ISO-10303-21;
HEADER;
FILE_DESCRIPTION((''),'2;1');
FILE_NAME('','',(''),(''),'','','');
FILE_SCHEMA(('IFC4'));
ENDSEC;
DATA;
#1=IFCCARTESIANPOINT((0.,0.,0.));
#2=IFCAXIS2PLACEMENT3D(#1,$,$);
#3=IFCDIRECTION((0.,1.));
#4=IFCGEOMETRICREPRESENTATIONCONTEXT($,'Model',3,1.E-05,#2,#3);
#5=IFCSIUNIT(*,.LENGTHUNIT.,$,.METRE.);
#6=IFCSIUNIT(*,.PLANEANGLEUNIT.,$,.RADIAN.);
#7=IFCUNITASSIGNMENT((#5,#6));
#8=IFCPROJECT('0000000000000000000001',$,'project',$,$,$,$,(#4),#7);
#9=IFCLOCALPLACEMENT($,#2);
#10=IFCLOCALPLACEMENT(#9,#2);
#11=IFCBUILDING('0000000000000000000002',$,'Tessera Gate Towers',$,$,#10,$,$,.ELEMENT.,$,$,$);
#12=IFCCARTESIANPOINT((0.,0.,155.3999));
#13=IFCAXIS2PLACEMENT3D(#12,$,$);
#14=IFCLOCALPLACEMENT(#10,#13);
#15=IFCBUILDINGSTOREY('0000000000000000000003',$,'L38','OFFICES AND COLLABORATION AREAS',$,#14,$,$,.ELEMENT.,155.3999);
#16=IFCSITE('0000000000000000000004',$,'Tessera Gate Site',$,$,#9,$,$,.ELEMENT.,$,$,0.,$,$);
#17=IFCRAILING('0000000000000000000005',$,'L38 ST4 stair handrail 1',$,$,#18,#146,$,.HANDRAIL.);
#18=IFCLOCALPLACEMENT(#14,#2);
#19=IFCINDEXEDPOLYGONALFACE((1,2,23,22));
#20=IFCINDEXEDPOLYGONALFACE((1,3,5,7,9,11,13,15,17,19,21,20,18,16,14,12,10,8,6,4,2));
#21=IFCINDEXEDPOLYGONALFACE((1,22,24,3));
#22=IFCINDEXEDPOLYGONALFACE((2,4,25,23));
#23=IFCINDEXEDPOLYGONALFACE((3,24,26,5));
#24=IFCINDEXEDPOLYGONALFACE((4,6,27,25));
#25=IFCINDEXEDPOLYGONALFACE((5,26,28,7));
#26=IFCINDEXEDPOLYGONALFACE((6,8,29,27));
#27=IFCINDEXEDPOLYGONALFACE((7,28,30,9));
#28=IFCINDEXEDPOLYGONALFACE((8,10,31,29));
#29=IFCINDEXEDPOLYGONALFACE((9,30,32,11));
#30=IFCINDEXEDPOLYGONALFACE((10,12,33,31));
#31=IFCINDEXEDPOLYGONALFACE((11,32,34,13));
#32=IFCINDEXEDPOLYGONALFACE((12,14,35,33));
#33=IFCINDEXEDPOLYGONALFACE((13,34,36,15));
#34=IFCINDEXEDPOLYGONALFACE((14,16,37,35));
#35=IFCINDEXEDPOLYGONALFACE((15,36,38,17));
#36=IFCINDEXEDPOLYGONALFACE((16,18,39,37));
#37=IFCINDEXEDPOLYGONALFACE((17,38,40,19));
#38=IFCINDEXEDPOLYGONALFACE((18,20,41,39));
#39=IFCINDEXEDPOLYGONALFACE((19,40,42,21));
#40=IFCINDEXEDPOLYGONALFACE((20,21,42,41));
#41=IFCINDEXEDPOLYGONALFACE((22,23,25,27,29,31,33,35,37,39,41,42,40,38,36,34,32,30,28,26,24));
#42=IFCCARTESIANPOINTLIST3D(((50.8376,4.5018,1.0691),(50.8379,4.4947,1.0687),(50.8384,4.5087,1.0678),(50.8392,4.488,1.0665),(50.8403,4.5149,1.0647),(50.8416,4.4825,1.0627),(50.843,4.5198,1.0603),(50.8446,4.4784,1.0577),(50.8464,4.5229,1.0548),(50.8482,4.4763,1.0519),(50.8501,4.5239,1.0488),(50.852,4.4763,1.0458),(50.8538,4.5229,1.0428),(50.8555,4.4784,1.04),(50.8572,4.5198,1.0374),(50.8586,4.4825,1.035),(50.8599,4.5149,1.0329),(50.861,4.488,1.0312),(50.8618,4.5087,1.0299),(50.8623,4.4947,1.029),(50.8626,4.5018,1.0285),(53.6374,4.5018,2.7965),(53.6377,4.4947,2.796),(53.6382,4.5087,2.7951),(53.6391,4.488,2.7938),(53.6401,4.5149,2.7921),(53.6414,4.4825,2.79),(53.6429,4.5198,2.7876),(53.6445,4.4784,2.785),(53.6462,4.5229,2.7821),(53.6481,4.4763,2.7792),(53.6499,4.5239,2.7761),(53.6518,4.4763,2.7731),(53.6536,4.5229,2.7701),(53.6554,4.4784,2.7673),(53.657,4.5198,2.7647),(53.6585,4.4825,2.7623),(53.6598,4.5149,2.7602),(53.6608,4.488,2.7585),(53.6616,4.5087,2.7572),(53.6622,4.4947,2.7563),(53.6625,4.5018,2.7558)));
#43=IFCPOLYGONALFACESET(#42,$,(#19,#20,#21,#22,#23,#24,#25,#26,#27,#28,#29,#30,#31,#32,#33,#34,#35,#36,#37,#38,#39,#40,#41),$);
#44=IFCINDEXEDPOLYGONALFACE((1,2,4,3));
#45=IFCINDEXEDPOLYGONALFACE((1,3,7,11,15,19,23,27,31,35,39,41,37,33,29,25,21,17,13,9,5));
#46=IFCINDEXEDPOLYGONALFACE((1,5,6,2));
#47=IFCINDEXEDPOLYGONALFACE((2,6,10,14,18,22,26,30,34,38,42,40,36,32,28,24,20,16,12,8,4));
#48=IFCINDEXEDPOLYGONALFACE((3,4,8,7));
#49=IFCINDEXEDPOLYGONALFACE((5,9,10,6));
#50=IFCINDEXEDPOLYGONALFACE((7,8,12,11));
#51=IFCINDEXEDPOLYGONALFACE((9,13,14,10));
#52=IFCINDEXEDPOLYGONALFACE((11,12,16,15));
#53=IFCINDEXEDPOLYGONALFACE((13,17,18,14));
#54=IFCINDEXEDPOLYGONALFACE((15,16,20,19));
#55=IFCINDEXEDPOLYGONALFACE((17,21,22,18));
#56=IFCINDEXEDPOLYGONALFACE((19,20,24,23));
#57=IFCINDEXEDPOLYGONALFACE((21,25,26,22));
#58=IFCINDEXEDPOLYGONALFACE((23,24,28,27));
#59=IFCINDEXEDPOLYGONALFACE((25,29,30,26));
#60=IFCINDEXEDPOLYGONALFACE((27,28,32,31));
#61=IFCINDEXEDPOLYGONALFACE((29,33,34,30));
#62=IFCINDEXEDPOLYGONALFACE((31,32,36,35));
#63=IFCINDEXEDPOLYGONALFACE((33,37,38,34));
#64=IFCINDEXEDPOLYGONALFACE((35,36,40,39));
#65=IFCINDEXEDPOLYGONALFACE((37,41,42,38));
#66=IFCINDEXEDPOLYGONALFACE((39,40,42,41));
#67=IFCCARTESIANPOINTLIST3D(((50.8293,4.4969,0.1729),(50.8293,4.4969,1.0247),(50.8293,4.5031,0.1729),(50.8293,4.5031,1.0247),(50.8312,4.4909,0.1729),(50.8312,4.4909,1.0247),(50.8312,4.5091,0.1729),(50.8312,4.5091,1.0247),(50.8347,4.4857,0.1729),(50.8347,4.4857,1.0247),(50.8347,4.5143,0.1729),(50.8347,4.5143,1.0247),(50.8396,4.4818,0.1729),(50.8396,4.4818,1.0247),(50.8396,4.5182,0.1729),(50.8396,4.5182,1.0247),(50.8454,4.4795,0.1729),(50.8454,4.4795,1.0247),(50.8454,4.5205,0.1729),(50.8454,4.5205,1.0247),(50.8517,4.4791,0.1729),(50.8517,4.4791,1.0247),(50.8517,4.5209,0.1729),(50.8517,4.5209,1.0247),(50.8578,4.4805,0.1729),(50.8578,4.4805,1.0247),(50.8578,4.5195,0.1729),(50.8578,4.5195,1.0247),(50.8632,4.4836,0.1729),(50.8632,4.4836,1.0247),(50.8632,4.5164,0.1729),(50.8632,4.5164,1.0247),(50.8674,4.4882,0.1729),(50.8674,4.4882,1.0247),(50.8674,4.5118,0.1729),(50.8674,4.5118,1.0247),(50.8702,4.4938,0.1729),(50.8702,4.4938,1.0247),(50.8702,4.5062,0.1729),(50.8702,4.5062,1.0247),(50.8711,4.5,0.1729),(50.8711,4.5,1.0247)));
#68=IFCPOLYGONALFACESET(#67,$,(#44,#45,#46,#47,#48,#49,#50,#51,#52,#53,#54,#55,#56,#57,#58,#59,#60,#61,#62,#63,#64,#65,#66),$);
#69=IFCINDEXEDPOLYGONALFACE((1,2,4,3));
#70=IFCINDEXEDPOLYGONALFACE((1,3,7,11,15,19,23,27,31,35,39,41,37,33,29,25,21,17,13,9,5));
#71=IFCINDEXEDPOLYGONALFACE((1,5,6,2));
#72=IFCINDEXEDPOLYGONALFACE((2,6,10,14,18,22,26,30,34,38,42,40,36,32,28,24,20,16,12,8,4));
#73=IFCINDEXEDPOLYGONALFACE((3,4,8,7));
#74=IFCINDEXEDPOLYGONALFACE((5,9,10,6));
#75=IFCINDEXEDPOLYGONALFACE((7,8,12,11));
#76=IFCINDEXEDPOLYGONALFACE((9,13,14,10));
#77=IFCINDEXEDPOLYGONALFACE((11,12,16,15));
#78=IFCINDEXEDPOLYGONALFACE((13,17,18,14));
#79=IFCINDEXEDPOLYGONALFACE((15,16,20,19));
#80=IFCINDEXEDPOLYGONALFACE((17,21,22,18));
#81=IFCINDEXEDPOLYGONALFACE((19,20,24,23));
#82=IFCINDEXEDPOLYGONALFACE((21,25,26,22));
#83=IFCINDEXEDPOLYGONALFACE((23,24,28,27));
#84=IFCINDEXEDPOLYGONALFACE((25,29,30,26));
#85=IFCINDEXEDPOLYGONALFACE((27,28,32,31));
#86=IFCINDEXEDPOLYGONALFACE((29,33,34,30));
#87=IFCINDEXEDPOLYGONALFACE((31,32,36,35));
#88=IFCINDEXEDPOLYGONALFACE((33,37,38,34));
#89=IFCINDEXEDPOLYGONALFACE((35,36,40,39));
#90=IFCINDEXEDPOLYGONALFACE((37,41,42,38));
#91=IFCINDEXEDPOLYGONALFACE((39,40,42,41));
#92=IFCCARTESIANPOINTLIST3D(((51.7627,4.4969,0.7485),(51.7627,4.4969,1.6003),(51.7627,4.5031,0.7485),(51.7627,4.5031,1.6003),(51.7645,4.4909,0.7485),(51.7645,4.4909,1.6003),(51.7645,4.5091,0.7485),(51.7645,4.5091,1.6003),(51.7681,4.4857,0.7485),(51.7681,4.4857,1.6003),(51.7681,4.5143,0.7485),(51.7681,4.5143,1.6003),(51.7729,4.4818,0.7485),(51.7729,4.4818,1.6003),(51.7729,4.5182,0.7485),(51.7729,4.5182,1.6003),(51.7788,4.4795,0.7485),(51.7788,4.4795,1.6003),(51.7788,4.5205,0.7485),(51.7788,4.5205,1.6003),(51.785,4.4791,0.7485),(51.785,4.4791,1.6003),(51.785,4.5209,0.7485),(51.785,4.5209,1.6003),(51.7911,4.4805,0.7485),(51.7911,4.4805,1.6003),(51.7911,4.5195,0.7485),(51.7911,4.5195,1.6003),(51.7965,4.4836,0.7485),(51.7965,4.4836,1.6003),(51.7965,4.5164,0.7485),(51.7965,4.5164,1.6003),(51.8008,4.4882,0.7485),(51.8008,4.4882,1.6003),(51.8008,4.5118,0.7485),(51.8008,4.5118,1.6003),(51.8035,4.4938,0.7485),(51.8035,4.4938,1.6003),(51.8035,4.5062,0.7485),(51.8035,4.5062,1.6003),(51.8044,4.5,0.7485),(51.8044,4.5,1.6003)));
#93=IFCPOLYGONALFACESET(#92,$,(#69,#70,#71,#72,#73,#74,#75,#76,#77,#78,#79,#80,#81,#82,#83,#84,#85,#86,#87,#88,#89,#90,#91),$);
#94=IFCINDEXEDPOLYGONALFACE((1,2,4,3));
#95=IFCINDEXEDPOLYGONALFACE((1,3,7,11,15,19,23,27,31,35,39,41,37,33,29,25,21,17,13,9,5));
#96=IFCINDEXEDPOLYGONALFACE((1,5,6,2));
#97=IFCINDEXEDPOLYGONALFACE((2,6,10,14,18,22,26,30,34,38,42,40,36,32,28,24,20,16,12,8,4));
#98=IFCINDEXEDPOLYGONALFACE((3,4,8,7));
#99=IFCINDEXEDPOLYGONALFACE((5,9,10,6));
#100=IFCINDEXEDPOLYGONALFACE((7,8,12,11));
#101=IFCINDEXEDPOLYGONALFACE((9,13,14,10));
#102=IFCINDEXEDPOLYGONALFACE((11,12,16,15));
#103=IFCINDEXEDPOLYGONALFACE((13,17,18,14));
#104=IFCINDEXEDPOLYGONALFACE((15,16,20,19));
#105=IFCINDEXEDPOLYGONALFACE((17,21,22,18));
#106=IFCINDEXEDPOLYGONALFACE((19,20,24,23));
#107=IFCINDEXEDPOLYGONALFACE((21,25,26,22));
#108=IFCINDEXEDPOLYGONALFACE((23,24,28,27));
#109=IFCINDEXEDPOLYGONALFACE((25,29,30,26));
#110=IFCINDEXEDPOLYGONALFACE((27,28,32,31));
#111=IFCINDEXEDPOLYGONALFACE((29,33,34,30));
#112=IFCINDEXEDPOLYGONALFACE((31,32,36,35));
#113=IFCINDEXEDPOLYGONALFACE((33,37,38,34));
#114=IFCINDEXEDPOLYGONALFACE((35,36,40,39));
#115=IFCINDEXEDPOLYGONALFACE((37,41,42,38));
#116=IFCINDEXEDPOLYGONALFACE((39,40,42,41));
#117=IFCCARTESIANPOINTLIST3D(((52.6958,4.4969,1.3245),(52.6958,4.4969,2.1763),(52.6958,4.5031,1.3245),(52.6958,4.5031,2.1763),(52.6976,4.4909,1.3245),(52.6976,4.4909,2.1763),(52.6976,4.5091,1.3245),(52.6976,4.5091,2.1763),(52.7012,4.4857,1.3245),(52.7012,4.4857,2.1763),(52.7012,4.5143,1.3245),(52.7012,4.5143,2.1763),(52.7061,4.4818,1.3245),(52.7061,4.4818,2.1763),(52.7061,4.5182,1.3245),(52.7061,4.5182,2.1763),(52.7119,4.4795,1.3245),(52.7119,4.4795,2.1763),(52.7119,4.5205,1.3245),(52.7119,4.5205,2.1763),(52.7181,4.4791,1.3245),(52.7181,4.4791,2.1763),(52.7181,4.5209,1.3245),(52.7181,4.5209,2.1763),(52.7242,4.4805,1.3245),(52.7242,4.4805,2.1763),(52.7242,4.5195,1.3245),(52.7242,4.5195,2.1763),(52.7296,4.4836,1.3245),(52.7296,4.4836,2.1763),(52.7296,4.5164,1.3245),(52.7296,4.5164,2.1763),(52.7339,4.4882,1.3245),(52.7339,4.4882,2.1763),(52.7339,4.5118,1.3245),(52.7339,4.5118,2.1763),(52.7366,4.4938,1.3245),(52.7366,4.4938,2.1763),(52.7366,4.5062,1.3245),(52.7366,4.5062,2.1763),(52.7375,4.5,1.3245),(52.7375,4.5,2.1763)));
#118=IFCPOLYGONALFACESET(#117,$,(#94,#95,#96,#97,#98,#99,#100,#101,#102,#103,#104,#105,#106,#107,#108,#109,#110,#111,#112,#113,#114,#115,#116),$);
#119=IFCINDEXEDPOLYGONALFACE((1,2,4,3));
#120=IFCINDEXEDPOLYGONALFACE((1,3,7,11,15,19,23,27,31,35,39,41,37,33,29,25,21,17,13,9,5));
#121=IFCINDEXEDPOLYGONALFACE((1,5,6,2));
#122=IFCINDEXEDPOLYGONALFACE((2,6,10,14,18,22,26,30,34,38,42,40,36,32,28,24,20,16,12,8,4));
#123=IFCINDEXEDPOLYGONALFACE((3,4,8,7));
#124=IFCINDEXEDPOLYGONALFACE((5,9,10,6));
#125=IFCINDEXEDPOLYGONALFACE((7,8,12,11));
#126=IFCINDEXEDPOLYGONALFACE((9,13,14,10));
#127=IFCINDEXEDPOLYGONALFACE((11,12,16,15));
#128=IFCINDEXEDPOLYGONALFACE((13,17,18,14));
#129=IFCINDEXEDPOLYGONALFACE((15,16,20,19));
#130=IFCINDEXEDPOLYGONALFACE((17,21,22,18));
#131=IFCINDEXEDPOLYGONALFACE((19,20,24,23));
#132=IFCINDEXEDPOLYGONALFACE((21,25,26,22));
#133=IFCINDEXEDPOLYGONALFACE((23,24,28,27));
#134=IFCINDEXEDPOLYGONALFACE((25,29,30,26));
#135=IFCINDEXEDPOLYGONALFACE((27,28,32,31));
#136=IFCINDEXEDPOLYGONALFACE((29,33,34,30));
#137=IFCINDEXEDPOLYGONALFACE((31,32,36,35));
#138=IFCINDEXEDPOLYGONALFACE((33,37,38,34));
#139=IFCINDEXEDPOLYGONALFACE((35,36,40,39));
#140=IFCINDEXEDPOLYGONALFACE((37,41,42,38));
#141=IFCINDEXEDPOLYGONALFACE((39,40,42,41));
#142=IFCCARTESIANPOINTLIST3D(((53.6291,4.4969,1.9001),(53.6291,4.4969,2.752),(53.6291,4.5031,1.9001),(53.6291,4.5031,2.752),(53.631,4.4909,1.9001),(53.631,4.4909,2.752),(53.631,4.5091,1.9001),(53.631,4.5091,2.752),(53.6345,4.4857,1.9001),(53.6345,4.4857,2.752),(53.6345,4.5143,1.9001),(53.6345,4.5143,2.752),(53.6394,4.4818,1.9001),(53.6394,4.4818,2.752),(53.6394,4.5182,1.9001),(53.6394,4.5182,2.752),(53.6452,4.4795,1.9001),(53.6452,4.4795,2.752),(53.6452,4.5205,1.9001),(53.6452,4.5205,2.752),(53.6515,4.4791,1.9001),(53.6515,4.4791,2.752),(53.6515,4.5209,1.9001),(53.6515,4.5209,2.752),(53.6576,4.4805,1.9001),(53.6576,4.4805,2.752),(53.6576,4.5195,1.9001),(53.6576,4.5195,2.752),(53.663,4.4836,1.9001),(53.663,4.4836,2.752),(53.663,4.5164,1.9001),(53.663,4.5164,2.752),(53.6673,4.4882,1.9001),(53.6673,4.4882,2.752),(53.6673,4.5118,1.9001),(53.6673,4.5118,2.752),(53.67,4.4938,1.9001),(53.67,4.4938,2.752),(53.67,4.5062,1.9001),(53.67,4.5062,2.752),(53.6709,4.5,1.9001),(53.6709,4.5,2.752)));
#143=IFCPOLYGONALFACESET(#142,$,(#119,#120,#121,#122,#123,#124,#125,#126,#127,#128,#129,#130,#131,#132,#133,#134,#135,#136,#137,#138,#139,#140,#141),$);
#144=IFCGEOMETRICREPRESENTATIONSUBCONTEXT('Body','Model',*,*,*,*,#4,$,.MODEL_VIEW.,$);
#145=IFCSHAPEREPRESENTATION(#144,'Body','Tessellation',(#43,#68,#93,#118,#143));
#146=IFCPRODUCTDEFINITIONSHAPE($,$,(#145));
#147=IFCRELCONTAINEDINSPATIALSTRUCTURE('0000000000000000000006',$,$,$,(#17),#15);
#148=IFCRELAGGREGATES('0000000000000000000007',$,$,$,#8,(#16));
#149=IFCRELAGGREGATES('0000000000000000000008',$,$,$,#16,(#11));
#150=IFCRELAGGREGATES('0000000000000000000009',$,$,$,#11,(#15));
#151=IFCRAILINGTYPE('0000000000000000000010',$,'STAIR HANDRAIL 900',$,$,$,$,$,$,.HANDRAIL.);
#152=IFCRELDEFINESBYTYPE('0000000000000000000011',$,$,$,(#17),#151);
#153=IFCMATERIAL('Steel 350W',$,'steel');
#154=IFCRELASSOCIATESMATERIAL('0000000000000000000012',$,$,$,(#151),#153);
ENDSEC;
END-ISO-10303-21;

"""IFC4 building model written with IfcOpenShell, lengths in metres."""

from ifc_helpers import new_model, si_unit, direction, frame, origin, origin_2d, place, context, subcontext, project, spatial, circle, extrude, material, type_object, element, save


model = new_model("IFC4")

# Units and contexts
model_context = context("Model", 3, precision=1e-05, world=origin(), true_north=direction((0.0, 1.0)))
body_context = subcontext(model_context, "Body", "Model", "MODEL_VIEW")
ifc_project = project(units=[si_unit("LENGTHUNIT", "METRE"), si_unit("PLANEANGLEUNIT", "RADIAN")], contexts=[model_context])

# Site, building, storey
site_placement = place(None, origin())
site = spatial("IfcSite", under=ifc_project, at=site_placement, Name="Tessera Gate Site", CompositionType="ELEMENT", RefElevation=0.0)
building_placement = place(site_placement, origin())
building = spatial("IfcBuilding", under=site, at=building_placement, Name="Tessera Gate Towers", CompositionType="ELEMENT")
storey_placement = place(building_placement, frame((0.0, 0.0, 155.3999)))
storey = spatial("IfcBuildingStorey", under=building, at=storey_placement, Name="L38", Description="OFFICES AND COLLABORATION AREAS", CompositionType="ELEMENT", Elevation=155.3999)

# Railing
ifc_material_1 = material(Name="Steel 350W", Category="steel")
railing_type_1 = type_object("IfcRailingType", Name="STAIR HANDRAIL 900", PredefinedType="HANDRAIL", material=ifc_material_1)
railing_1_placement = place(storey_placement, frame((50.8501, 4.5, 0.1729)))
element("IfcRailing", 1, at=railing_1_placement, inside=storey, type_object=railing_type_1, Name="L38 ST4 stair handrail 1", PredefinedType="HANDRAIL", context=body_context, shape_type="SweptSolid", body=[
    extrude(circle(Radius=0.0239, at=origin_2d()), frame((0.0, 0.0, 0.876), z_axis=(0.851069, 0.0, 0.525054), x_axis=(0.0, 1.0, 0.0)), (0.0, 0.0, 1.0), 3.2898),
    extrude(circle(Radius=0.021, at=origin_2d()), origin(), (0.0, 0.0, 1.0), 0.8518),
    extrude(circle(Radius=0.021, at=origin_2d()), frame((0.9333, 0.0, 0.5757)), (0.0, 0.0, 1.0), 0.8518),
    extrude(circle(Radius=0.021, at=origin_2d()), frame((1.8665, 0.0, 1.1516)), (0.0, 0.0, 1.0), 0.8518),
    extrude(circle(Radius=0.021, at=origin_2d()), frame((2.7998, 0.0, 1.7273)), (0.0, 0.0, 1.0), 0.8518),
])

save(model, "model.ifc")
